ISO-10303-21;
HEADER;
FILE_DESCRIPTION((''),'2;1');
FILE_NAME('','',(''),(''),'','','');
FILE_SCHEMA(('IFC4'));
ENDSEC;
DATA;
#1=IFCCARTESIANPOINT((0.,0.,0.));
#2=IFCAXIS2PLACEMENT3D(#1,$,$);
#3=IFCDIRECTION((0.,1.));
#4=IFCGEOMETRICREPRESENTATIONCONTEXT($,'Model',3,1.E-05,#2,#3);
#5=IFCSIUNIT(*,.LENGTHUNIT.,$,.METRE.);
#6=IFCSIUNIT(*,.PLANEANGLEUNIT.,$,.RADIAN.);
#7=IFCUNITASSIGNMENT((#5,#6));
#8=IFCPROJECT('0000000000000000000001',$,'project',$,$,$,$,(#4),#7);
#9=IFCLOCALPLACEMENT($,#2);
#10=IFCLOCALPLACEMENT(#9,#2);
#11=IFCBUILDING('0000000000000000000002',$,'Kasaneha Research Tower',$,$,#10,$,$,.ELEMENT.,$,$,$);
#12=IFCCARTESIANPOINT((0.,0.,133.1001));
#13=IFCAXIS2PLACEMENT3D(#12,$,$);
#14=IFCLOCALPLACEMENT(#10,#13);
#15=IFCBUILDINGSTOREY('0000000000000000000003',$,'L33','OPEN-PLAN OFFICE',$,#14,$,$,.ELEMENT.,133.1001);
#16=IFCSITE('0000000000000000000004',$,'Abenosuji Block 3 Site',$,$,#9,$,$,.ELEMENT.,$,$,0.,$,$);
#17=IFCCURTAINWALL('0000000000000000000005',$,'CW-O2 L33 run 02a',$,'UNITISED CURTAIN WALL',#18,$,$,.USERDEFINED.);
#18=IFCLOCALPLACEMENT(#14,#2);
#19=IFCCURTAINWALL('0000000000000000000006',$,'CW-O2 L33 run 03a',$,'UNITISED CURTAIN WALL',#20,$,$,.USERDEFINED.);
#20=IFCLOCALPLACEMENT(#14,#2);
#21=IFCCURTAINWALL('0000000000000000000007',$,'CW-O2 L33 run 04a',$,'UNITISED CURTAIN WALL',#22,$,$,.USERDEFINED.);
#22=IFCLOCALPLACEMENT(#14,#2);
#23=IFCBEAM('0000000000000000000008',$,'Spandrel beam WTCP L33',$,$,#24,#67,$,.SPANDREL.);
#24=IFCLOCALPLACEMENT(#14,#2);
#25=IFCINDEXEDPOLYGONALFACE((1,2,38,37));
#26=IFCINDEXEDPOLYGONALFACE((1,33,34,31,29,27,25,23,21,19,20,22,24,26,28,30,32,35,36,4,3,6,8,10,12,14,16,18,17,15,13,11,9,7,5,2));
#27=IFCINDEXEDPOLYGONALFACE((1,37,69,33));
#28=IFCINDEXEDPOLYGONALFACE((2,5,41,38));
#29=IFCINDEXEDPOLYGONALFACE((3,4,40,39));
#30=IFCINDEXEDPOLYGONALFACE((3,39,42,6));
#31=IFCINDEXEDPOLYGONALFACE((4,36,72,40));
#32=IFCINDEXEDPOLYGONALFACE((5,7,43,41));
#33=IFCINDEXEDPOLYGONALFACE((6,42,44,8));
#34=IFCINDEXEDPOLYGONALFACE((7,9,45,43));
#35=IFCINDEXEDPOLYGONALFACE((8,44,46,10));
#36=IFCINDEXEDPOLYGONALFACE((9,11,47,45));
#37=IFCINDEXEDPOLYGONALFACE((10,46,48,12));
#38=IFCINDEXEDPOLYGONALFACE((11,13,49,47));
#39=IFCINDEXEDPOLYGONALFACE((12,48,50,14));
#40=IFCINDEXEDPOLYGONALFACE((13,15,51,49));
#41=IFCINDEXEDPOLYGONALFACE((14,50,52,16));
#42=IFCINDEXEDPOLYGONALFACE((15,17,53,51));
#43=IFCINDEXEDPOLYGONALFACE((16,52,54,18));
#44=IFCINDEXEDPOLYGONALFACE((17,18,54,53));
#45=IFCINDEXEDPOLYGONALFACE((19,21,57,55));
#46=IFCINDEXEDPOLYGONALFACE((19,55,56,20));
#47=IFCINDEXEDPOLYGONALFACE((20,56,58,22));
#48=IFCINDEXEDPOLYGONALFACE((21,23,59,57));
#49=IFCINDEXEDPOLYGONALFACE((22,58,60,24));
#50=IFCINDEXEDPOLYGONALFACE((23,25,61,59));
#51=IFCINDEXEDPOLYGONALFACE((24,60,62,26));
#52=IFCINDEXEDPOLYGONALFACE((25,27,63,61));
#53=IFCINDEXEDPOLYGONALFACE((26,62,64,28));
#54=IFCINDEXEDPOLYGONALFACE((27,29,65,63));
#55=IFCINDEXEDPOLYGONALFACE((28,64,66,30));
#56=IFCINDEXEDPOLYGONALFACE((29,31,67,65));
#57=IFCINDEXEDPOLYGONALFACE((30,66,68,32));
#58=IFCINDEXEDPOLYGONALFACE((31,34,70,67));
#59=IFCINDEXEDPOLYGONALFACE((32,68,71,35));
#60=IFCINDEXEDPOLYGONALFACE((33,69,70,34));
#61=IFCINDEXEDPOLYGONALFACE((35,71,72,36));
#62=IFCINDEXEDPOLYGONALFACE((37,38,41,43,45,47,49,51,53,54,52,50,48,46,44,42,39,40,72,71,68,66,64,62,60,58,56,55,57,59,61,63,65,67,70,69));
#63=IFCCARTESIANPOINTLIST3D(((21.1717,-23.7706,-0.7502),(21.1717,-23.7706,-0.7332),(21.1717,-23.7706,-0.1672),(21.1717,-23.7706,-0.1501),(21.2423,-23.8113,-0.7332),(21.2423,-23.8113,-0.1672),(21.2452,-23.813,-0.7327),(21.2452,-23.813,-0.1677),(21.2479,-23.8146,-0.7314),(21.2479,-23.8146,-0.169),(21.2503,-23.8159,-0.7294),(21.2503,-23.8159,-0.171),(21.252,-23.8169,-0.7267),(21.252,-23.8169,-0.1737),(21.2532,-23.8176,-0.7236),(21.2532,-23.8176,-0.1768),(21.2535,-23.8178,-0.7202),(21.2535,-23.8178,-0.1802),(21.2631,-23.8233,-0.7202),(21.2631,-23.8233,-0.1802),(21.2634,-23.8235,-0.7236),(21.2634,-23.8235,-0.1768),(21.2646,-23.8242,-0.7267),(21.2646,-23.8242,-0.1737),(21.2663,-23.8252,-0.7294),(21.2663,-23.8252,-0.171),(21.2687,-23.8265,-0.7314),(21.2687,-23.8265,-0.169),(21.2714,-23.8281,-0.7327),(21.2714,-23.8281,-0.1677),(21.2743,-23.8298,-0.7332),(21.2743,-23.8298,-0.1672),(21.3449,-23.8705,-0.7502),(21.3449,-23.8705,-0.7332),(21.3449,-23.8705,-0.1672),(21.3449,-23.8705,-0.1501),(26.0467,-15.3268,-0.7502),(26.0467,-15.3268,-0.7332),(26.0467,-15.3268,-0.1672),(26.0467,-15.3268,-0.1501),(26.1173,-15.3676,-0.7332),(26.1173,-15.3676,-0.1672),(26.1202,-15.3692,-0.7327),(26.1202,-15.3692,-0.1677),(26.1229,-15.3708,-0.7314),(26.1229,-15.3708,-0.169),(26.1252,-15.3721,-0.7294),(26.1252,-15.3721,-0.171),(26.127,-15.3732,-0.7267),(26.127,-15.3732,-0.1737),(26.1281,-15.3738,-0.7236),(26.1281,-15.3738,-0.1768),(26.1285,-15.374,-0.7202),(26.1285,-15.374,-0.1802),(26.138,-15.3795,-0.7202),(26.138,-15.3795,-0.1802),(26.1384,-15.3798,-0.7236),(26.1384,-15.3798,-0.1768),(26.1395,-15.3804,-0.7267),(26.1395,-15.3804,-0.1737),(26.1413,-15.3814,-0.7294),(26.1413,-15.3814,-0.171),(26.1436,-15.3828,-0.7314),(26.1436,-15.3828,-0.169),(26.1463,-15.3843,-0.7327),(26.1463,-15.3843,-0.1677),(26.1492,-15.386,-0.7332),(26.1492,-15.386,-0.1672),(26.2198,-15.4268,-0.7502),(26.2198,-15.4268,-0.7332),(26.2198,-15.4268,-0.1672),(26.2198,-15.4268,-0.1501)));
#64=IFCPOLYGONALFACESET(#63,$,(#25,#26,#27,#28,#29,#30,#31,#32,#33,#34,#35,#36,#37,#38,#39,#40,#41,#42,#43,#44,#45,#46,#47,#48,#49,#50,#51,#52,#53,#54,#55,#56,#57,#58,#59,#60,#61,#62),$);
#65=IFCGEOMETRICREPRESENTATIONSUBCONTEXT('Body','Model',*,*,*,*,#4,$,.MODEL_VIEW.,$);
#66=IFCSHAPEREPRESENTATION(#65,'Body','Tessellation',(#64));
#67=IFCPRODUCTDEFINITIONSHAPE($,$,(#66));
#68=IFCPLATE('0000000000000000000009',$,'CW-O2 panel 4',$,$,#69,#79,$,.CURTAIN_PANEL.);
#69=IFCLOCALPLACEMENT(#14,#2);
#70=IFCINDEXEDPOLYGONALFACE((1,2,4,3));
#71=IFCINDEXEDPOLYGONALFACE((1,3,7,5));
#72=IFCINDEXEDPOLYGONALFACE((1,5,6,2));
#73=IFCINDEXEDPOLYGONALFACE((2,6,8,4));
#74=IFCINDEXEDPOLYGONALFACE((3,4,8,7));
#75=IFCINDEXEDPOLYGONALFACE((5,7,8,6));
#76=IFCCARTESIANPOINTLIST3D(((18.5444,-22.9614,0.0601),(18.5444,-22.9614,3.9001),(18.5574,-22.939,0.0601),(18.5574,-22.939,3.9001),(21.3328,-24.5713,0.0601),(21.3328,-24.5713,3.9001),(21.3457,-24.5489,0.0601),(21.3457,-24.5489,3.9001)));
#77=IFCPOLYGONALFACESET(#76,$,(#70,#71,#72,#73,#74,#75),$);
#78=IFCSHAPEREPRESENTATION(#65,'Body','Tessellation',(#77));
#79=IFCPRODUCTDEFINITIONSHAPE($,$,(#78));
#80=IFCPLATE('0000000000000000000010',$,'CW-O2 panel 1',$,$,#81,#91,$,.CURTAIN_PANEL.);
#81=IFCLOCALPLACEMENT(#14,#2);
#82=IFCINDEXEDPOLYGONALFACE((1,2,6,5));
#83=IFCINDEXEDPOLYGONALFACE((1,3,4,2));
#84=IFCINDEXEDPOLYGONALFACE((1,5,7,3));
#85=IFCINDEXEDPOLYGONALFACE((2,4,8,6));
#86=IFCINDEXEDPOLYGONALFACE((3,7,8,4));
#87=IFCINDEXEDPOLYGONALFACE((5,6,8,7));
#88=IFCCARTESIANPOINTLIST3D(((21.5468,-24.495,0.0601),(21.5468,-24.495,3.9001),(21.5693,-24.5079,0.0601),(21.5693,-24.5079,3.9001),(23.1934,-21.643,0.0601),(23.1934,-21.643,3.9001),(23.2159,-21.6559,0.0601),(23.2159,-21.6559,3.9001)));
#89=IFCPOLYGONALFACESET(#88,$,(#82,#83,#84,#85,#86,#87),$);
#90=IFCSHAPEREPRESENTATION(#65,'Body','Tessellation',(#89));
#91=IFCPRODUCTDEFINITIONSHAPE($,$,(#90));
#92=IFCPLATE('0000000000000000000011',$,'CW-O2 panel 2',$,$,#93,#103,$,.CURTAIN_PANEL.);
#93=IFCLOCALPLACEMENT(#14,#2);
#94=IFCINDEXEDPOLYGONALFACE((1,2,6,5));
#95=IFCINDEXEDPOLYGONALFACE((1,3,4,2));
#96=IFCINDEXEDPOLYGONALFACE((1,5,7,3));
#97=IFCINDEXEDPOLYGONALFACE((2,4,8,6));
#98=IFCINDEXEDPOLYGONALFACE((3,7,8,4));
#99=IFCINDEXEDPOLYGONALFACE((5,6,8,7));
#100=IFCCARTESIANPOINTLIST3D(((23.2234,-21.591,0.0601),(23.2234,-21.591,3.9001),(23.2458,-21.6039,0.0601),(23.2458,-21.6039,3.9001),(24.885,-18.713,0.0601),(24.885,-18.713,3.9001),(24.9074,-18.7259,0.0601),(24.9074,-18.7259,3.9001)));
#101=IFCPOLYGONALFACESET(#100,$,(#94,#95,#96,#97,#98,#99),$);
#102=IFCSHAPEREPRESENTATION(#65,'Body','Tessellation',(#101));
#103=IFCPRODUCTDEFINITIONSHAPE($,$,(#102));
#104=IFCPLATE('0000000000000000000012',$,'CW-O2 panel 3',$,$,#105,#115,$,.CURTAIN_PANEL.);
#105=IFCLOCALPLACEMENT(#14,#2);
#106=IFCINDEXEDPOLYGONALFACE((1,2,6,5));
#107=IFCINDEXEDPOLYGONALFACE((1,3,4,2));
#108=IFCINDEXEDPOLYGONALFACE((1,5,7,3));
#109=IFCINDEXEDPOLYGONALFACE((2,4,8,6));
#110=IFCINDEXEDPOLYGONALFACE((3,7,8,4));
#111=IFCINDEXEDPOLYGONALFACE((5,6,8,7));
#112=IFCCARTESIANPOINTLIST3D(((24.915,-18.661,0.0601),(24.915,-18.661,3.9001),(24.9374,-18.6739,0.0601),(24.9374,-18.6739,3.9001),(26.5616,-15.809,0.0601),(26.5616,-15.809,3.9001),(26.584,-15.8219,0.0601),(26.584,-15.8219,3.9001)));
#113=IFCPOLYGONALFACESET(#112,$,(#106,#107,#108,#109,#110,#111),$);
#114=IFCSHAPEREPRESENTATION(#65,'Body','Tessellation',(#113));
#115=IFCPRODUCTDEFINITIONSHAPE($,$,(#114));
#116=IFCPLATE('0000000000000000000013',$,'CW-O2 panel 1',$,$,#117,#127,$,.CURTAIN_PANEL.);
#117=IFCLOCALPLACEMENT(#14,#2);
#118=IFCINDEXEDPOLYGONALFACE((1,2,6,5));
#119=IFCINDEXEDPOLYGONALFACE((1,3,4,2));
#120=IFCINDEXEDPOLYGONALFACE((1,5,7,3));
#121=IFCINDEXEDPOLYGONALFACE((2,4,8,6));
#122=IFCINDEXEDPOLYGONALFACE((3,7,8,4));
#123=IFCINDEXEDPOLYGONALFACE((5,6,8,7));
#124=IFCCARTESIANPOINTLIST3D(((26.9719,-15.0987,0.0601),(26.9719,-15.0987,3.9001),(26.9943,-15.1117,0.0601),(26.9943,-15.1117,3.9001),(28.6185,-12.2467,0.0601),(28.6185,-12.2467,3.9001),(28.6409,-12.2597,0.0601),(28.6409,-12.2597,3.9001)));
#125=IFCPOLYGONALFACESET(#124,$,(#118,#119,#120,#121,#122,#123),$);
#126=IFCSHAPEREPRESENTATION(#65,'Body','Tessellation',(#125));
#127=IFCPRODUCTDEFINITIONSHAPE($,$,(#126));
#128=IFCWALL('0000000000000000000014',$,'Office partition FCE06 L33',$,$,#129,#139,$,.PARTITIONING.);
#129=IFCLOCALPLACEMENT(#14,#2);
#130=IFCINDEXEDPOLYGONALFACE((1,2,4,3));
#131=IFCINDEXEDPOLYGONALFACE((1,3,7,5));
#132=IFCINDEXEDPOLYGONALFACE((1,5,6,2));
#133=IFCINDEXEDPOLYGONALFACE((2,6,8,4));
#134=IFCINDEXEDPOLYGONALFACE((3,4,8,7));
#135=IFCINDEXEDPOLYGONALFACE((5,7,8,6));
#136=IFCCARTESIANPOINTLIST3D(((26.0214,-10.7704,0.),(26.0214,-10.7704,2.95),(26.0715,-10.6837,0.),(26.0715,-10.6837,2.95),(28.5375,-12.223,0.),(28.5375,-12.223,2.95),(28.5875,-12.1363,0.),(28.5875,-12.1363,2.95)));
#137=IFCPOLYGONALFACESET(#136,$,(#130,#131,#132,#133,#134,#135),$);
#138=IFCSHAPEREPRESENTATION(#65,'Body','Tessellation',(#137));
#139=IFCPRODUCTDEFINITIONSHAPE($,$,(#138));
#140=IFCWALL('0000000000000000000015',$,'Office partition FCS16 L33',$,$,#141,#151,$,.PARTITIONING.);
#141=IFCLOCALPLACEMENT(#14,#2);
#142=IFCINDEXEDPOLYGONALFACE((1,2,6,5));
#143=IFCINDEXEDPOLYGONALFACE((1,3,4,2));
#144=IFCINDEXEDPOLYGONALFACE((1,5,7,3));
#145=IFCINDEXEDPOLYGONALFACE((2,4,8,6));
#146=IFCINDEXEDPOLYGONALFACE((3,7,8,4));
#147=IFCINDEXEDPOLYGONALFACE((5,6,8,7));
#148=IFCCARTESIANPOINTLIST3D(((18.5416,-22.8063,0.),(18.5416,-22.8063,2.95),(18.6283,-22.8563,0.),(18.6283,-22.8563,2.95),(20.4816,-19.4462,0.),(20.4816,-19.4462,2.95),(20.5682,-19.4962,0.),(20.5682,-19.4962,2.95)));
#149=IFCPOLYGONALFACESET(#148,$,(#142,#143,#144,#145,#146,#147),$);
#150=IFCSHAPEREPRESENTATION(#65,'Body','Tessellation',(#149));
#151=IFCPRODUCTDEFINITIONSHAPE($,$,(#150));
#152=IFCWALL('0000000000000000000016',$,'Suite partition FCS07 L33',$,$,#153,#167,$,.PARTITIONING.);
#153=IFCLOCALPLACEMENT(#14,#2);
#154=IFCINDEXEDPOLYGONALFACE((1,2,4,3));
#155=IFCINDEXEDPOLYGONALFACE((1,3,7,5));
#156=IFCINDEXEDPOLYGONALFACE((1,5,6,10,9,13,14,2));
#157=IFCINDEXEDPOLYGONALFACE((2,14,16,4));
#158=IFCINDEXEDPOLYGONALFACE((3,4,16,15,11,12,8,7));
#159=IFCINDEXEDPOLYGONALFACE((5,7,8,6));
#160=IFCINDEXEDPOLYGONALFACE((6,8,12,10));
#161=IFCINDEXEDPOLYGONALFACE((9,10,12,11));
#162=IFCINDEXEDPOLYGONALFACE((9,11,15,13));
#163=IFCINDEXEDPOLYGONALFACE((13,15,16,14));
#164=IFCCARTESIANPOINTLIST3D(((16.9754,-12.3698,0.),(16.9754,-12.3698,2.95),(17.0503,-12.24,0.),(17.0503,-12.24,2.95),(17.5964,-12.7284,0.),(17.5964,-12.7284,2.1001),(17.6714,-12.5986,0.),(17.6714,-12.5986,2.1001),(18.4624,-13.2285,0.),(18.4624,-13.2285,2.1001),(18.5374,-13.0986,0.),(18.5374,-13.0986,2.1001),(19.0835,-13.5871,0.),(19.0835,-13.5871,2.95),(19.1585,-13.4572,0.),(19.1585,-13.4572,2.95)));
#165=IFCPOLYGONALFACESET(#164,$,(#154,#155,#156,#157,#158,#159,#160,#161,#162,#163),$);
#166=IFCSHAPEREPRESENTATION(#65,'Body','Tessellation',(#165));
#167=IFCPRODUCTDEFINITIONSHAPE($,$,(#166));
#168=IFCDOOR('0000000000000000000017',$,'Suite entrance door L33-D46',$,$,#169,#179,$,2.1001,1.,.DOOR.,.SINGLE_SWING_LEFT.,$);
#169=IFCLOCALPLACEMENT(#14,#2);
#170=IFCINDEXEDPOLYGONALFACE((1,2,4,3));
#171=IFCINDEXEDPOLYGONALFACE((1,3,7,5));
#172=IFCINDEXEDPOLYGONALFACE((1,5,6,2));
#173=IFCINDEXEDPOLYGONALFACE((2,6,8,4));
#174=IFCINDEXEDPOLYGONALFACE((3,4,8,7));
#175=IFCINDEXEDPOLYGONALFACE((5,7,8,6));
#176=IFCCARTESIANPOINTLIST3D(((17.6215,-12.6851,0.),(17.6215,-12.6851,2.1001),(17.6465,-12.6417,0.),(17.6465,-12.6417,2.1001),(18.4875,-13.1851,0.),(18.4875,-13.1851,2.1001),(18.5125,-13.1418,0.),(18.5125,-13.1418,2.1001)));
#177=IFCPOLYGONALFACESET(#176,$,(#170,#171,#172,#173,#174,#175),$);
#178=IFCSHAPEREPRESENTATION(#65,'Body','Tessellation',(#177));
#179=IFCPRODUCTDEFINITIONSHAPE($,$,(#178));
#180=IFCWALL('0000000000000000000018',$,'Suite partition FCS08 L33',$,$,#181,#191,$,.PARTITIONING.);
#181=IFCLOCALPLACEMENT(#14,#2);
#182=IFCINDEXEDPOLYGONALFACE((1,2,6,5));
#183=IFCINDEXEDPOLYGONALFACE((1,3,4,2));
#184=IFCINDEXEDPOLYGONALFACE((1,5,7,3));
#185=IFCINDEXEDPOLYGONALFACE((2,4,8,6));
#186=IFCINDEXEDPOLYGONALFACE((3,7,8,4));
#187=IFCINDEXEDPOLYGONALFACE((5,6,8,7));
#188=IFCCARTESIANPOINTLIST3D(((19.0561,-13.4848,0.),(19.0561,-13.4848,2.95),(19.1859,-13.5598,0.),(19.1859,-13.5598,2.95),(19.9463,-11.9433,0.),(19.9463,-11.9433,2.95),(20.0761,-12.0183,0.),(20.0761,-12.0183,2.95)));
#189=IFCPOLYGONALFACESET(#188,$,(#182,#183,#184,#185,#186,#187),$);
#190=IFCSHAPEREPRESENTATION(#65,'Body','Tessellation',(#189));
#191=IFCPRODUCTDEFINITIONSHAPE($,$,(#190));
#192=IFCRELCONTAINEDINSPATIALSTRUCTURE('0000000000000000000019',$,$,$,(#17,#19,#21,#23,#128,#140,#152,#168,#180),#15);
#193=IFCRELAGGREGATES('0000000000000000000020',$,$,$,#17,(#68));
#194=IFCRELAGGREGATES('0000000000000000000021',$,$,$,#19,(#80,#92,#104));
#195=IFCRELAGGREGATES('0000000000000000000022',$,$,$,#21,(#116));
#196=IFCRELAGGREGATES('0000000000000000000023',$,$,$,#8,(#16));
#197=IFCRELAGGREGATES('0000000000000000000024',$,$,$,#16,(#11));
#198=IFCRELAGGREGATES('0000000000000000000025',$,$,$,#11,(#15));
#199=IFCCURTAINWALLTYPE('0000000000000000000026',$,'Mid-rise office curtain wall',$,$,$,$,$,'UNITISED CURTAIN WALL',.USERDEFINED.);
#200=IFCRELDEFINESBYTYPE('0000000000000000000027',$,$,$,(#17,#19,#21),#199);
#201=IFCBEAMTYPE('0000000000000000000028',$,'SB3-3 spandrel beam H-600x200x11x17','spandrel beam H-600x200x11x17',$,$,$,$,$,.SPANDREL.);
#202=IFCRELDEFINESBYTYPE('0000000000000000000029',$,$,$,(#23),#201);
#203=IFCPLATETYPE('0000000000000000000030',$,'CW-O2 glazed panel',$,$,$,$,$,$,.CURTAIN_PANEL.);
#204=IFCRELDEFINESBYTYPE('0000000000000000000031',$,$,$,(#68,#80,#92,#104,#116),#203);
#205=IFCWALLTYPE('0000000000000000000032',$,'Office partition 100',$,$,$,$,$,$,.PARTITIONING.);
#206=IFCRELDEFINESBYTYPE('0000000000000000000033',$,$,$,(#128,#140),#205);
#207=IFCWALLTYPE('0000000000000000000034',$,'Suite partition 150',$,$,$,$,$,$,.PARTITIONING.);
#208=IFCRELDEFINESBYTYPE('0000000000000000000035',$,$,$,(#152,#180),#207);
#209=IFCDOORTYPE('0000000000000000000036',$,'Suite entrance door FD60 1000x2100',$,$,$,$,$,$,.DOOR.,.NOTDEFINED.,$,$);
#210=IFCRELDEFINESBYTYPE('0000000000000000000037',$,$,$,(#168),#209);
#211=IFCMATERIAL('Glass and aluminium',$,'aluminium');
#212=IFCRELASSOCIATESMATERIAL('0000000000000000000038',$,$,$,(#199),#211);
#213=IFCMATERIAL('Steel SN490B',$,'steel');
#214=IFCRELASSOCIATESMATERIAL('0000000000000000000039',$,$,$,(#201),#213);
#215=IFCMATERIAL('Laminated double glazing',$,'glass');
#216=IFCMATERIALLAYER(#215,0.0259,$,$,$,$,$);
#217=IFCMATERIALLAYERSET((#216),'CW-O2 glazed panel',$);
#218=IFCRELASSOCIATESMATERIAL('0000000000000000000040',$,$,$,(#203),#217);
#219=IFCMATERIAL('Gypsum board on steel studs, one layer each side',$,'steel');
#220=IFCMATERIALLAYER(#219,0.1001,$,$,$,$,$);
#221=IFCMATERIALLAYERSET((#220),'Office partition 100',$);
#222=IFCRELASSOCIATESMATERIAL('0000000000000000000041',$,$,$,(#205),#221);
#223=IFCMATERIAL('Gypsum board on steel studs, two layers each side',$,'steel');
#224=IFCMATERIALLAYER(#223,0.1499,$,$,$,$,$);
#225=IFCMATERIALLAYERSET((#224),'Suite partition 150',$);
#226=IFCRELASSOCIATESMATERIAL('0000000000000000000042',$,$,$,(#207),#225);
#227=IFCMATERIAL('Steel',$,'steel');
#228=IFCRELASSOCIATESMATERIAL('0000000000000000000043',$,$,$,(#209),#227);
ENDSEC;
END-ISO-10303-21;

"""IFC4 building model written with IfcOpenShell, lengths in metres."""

from ifc_helpers import new_model, si_unit, direction, frame, frame_2d, origin, origin_2d, place, context, subcontext, project, spatial, rectangle, i_section, extrude, material, layer, layer_set, material_profile, profile_set, type_object, element, fill, aggregate, save


model = new_model("IFC4")

# Units and contexts
model_context = context("Model", 3, precision=1e-05, world=origin(), true_north=direction((0.0, 1.0)))
body_context = subcontext(model_context, "Body", "Model", "MODEL_VIEW")
ifc_project = project(units=[si_unit("LENGTHUNIT", "METRE"), si_unit("PLANEANGLEUNIT", "RADIAN")], contexts=[model_context])

# Site, building, storey
site_placement = place(None, origin())
site = spatial("IfcSite", under=ifc_project, at=site_placement, Name="Abenosuji Block 3 Site", CompositionType="ELEMENT", RefElevation=0.0)
building_placement = place(site_placement, origin())
building = spatial("IfcBuilding", under=site, at=building_placement, Name="Kasaneha Research Tower", CompositionType="ELEMENT")
storey_placement = place(building_placement, frame((0.0, 0.0, 133.1001)))
storey = spatial("IfcBuildingStorey", under=building, at=storey_placement, Name="L33", Description="OPEN-PLAN OFFICE", CompositionType="ELEMENT", Elevation=133.1001)

# Curtain wall
ifc_material_1 = material(Name="Glass and aluminium", Category="aluminium")
curtain_wall_type = type_object("IfcCurtainWallType", Name="Mid-rise office curtain wall", ElementType="UNITISED CURTAIN WALL", PredefinedType="USERDEFINED", material=ifc_material_1)
curtain_wall_1_placement = place(storey_placement, origin())
curtain_wall_1 = element("IfcCurtainWall", 1, at=curtain_wall_1_placement, inside=storey, type_object=curtain_wall_type, Name="CW-O2 L33 run 02a", ObjectType="UNITISED CURTAIN WALL", PredefinedType="USERDEFINED")

# Curtain walls
curtain_wall_2_placement = place(storey_placement, origin())
curtain_wall_2 = element("IfcCurtainWall", 2, at=curtain_wall_2_placement, inside=storey, type_object=curtain_wall_type, Name="CW-O2 L33 run 03a", ObjectType="UNITISED CURTAIN WALL", PredefinedType="USERDEFINED")
curtain_wall_3_placement = place(storey_placement, origin())
curtain_wall_3 = element("IfcCurtainWall", 3, at=curtain_wall_3_placement, inside=storey, type_object=curtain_wall_type, Name="CW-O2 L33 run 04a", ObjectType="UNITISED CURTAIN WALL", PredefinedType="USERDEFINED")

# Beam
ifc_material_2 = material(Name="Steel SN490B", Category="steel")
ifc_material_profile_1 = material_profile(ifc_material_2, i_section(OverallWidth=0.2, OverallDepth=0.6001, WebThickness=0.011, FlangeThickness=0.0171, FilletRadius=0.0129, at=origin_2d()), Name="H-600x200x11x17")
ifc_profile_set_1 = profile_set([ifc_material_profile_1], Name="Steel SN490B")
beam_type = type_object("IfcBeamType", Name="SB3-3 spandrel beam H-600x200x11x17", Description="spandrel beam H-600x200x11x17", PredefinedType="SPANDREL", material=ifc_profile_set_1)
beam_placement = place(storey_placement, frame((21.2583, -23.8206, -0.4502), z_axis=(0.499996, 0.866028, 0.0), x_axis=(-0.866028, 0.499996, 0.0)))
element("IfcBeam", 4, at=beam_placement, inside=storey, type_object=beam_type, Name="Spandrel beam WTCP L33", PredefinedType="SPANDREL", context=body_context, shape_type="SweptSolid", body=[
    extrude(i_section(OverallWidth=0.2, OverallDepth=0.6001, WebThickness=0.011, FlangeThickness=0.0171, FilletRadius=0.0129, at=origin_2d()), origin(), (0.0, 0.0, 1.0), 9.75),
])

# Plates
ifc_material_3 = material(Name="Laminated double glazing", Category="glass")
ifc_layer_1 = layer(ifc_material_3, 0.0259)
ifc_layer_set_1 = layer_set([ifc_layer_1], Name="CW-O2 glazed panel")
plate_type = type_object("IfcPlateType", Name="CW-O2 glazed panel", PredefinedType="CURTAIN_PANEL", material=ifc_layer_set_1)
plate_1_placement = place(storey_placement, frame((19.9451, -23.7551, 0.0601), z_axis=(0.0, 0.0, 1.0), x_axis=(0.866025, -0.5, 0.0)))
plate_1 = element("IfcPlate", 5, at=plate_1_placement, type_object=plate_type, Name="CW-O2 panel 4", PredefinedType="CURTAIN_PANEL", context=body_context, shape_type="SweptSolid", body=[
    extrude(rectangle(XDim=3.2197, YDim=0.0259, at=origin_2d()), origin(), (0.0, 0.0, 1.0), 3.8401),
])
aggregate(curtain_wall_1, [plate_1])
plate_2_placement = place(storey_placement, frame((22.3813, -23.0754, 0.0601), z_axis=(0.0, 0.0, 1.0), x_axis=(0.5, 0.866025, 0.0)))
plate_2 = element("IfcPlate", 6, at=plate_2_placement, type_object=plate_type, Name="CW-O2 panel 1", PredefinedType="CURTAIN_PANEL", context=body_context, shape_type="SweptSolid", body=[
    extrude(rectangle(XDim=3.2932, YDim=0.0259, at=origin_2d()), origin(), (0.0, 0.0, 1.0), 3.8401),
])
plate_3_placement = place(storey_placement, frame((24.0654, -20.1584, 0.0601), z_axis=(0.0, 0.0, 1.0), x_axis=(0.5, 0.866025, 0.0)))
plate_3 = element("IfcPlate", 7, at=plate_3_placement, type_object=plate_type, Name="CW-O2 panel 2", PredefinedType="CURTAIN_PANEL", context=body_context, shape_type="SweptSolid", body=[
    extrude(rectangle(XDim=3.3232, YDim=0.0259, at=origin_2d()), origin(), (0.0, 0.0, 1.0), 3.8401),
])
plate_4_placement = place(storey_placement, frame((25.7495, -17.2415, 0.0601), z_axis=(0.0, 0.0, 1.0), x_axis=(0.5, 0.866025, 0.0)))
plate_4 = element("IfcPlate", 8, at=plate_4_placement, type_object=plate_type, Name="CW-O2 panel 3", PredefinedType="CURTAIN_PANEL", context=body_context, shape_type="SweptSolid", body=[
    extrude(rectangle(XDim=3.2932, YDim=0.0259, at=origin_2d()), origin(), (0.0, 0.0, 1.0), 3.8401),
])
aggregate(curtain_wall_2, [plate_2, plate_3, plate_4])
plate_5_placement = place(storey_placement, frame((27.8064, -13.6792, 0.0601), z_axis=(0.0, 0.0, 1.0), x_axis=(0.5, 0.866025, 0.0)))
plate_5 = element("IfcPlate", 9, at=plate_5_placement, type_object=plate_type, Name="CW-O2 panel 1", PredefinedType="CURTAIN_PANEL", context=body_context, shape_type="SweptSolid", body=[
    extrude(rectangle(XDim=3.2932, YDim=0.0259, at=origin_2d()), origin(), (0.0, 0.0, 1.0), 3.8401),
])
aggregate(curtain_wall_3, [plate_5])

# Walls
ifc_material_4 = material(Name="Gypsum board on steel studs, one layer each side", Category="steel")
ifc_layer_2 = layer(ifc_material_4, 0.1001)
ifc_layer_set_2 = layer_set([ifc_layer_2], Name="Office partition 100")
wall_type_1 = type_object("IfcWallType", Name="Office partition 100", PredefinedType="PARTITIONING", material=ifc_layer_set_2)
wall_1_placement = place(storey_placement, frame((28.5625, -12.1797, 0.0), z_axis=(0.0, 0.0, 1.0), x_axis=(-0.866032, 0.499989, 0.0)))
element("IfcWall", 10, at=wall_1_placement, inside=storey, type_object=wall_type_1, Name="Office partition FCE06 L33", PredefinedType="PARTITIONING", context=body_context, shape_type="SweptSolid", body=[
    extrude(rectangle(XDim=2.9053, YDim=0.1001, at=frame_2d((1.4526, 0.0))), origin(), (0.0, 0.0, 1.0), 2.95),
])
wall_2_placement = place(storey_placement, frame((20.5249, -19.4712, 0.0), z_axis=(0.0, 0.0, 1.0), x_axis=(-0.499997, -0.866027, 0.0)))
element("IfcWall", 11, at=wall_2_placement, inside=storey, type_object=wall_type_1, Name="Office partition FCS16 L33", PredefinedType="PARTITIONING", context=body_context, shape_type="SweptSolid", body=[
    extrude(rectangle(XDim=3.8799, YDim=0.1001, at=frame_2d((1.9399, 0.0))), origin(), (0.0, 0.0, 1.0), 2.95),
])

# Wall, opening, door
ifc_material_5 = material(Name="Gypsum board on steel studs, two layers each side", Category="steel")
ifc_layer_3 = layer(ifc_material_5, 0.1499)
ifc_layer_set_3 = layer_set([ifc_layer_3], Name="Suite partition 150")
wall_type_2 = type_object("IfcWallType", Name="Suite partition 150", PredefinedType="PARTITIONING", material=ifc_layer_set_3)
wall_3_placement = place(storey_placement, frame((19.1211, -13.5222, 0.0), z_axis=(0.0, 0.0, 1.0), x_axis=(-0.866, 0.500044, 0.0)))
wall_3 = element("IfcWall", 12, at=wall_3_placement, inside=storey, type_object=wall_type_2, Name="Suite partition FCS07 L33", PredefinedType="PARTITIONING", context=body_context, shape_type="SweptSolid", body=[
    extrude(rectangle(XDim=2.4343, YDim=0.1499, at=frame_2d((1.2173, 0.0))), origin(), (0.0, 0.0, 1.0), 2.95),
])
opening_placement = place(wall_3_placement, frame((0.7173, 0.0, 0.0)))
opening = element("IfcOpeningElement", 13, at=opening_placement, cuts=wall_3, PredefinedType="OPENING", context=body_context, shape_type="SweptSolid", body=[
    extrude(rectangle(XDim=1.0, YDim=2.1001, at=frame_2d((0.5, 1.05))), frame((0.0, 0.085, 0.0), z_axis=(0.0, -1.0, 0.0), x_axis=(1.0, 0.0, 0.0)), (0.0, 0.0, 1.0), 0.1699),
])
ifc_material_6 = material(Name="Steel", Category="steel")
door_type = type_object("IfcDoorType", Name="Suite entrance door FD60 1000x2100", OperationType="NOTDEFINED", PredefinedType="DOOR", material=ifc_material_6)
door_placement = place(opening_placement, origin())
door = element("IfcDoor", 14, at=door_placement, inside=storey, type_object=door_type, Name="Suite entrance door L33-D46", OperationType="SINGLE_SWING_LEFT", OverallHeight=2.1001, OverallWidth=1.0, PredefinedType="DOOR", context=body_context, shape_type="SweptSolid", body=[
    extrude(rectangle(XDim=1.0, YDim=2.1001, at=frame_2d((0.5, 1.05))), frame((0.0, 0.0249, 0.0), z_axis=(0.0, -1.0, 0.0), x_axis=(1.0, 0.0, 0.0)), (0.0, 0.0, 1.0), 0.05),
])
fill(opening, door)

# Wall
wall_4_placement = place(storey_placement, frame((20.0112, -11.9807, 0.0), z_axis=(0.0, 0.0, 1.0), x_axis=(-0.500063, -0.865989, 0.0)))
element("IfcWall", 15, at=wall_4_placement, inside=storey, type_object=wall_type_2, Name="Suite partition FCS08 L33", PredefinedType="PARTITIONING", context=body_context, shape_type="SweptSolid", body=[
    extrude(rectangle(XDim=1.78, YDim=0.1499, at=frame_2d((0.8901, 0.0))), origin(), (0.0, 0.0, 1.0), 2.95),
])

save(model, "model.ifc")
